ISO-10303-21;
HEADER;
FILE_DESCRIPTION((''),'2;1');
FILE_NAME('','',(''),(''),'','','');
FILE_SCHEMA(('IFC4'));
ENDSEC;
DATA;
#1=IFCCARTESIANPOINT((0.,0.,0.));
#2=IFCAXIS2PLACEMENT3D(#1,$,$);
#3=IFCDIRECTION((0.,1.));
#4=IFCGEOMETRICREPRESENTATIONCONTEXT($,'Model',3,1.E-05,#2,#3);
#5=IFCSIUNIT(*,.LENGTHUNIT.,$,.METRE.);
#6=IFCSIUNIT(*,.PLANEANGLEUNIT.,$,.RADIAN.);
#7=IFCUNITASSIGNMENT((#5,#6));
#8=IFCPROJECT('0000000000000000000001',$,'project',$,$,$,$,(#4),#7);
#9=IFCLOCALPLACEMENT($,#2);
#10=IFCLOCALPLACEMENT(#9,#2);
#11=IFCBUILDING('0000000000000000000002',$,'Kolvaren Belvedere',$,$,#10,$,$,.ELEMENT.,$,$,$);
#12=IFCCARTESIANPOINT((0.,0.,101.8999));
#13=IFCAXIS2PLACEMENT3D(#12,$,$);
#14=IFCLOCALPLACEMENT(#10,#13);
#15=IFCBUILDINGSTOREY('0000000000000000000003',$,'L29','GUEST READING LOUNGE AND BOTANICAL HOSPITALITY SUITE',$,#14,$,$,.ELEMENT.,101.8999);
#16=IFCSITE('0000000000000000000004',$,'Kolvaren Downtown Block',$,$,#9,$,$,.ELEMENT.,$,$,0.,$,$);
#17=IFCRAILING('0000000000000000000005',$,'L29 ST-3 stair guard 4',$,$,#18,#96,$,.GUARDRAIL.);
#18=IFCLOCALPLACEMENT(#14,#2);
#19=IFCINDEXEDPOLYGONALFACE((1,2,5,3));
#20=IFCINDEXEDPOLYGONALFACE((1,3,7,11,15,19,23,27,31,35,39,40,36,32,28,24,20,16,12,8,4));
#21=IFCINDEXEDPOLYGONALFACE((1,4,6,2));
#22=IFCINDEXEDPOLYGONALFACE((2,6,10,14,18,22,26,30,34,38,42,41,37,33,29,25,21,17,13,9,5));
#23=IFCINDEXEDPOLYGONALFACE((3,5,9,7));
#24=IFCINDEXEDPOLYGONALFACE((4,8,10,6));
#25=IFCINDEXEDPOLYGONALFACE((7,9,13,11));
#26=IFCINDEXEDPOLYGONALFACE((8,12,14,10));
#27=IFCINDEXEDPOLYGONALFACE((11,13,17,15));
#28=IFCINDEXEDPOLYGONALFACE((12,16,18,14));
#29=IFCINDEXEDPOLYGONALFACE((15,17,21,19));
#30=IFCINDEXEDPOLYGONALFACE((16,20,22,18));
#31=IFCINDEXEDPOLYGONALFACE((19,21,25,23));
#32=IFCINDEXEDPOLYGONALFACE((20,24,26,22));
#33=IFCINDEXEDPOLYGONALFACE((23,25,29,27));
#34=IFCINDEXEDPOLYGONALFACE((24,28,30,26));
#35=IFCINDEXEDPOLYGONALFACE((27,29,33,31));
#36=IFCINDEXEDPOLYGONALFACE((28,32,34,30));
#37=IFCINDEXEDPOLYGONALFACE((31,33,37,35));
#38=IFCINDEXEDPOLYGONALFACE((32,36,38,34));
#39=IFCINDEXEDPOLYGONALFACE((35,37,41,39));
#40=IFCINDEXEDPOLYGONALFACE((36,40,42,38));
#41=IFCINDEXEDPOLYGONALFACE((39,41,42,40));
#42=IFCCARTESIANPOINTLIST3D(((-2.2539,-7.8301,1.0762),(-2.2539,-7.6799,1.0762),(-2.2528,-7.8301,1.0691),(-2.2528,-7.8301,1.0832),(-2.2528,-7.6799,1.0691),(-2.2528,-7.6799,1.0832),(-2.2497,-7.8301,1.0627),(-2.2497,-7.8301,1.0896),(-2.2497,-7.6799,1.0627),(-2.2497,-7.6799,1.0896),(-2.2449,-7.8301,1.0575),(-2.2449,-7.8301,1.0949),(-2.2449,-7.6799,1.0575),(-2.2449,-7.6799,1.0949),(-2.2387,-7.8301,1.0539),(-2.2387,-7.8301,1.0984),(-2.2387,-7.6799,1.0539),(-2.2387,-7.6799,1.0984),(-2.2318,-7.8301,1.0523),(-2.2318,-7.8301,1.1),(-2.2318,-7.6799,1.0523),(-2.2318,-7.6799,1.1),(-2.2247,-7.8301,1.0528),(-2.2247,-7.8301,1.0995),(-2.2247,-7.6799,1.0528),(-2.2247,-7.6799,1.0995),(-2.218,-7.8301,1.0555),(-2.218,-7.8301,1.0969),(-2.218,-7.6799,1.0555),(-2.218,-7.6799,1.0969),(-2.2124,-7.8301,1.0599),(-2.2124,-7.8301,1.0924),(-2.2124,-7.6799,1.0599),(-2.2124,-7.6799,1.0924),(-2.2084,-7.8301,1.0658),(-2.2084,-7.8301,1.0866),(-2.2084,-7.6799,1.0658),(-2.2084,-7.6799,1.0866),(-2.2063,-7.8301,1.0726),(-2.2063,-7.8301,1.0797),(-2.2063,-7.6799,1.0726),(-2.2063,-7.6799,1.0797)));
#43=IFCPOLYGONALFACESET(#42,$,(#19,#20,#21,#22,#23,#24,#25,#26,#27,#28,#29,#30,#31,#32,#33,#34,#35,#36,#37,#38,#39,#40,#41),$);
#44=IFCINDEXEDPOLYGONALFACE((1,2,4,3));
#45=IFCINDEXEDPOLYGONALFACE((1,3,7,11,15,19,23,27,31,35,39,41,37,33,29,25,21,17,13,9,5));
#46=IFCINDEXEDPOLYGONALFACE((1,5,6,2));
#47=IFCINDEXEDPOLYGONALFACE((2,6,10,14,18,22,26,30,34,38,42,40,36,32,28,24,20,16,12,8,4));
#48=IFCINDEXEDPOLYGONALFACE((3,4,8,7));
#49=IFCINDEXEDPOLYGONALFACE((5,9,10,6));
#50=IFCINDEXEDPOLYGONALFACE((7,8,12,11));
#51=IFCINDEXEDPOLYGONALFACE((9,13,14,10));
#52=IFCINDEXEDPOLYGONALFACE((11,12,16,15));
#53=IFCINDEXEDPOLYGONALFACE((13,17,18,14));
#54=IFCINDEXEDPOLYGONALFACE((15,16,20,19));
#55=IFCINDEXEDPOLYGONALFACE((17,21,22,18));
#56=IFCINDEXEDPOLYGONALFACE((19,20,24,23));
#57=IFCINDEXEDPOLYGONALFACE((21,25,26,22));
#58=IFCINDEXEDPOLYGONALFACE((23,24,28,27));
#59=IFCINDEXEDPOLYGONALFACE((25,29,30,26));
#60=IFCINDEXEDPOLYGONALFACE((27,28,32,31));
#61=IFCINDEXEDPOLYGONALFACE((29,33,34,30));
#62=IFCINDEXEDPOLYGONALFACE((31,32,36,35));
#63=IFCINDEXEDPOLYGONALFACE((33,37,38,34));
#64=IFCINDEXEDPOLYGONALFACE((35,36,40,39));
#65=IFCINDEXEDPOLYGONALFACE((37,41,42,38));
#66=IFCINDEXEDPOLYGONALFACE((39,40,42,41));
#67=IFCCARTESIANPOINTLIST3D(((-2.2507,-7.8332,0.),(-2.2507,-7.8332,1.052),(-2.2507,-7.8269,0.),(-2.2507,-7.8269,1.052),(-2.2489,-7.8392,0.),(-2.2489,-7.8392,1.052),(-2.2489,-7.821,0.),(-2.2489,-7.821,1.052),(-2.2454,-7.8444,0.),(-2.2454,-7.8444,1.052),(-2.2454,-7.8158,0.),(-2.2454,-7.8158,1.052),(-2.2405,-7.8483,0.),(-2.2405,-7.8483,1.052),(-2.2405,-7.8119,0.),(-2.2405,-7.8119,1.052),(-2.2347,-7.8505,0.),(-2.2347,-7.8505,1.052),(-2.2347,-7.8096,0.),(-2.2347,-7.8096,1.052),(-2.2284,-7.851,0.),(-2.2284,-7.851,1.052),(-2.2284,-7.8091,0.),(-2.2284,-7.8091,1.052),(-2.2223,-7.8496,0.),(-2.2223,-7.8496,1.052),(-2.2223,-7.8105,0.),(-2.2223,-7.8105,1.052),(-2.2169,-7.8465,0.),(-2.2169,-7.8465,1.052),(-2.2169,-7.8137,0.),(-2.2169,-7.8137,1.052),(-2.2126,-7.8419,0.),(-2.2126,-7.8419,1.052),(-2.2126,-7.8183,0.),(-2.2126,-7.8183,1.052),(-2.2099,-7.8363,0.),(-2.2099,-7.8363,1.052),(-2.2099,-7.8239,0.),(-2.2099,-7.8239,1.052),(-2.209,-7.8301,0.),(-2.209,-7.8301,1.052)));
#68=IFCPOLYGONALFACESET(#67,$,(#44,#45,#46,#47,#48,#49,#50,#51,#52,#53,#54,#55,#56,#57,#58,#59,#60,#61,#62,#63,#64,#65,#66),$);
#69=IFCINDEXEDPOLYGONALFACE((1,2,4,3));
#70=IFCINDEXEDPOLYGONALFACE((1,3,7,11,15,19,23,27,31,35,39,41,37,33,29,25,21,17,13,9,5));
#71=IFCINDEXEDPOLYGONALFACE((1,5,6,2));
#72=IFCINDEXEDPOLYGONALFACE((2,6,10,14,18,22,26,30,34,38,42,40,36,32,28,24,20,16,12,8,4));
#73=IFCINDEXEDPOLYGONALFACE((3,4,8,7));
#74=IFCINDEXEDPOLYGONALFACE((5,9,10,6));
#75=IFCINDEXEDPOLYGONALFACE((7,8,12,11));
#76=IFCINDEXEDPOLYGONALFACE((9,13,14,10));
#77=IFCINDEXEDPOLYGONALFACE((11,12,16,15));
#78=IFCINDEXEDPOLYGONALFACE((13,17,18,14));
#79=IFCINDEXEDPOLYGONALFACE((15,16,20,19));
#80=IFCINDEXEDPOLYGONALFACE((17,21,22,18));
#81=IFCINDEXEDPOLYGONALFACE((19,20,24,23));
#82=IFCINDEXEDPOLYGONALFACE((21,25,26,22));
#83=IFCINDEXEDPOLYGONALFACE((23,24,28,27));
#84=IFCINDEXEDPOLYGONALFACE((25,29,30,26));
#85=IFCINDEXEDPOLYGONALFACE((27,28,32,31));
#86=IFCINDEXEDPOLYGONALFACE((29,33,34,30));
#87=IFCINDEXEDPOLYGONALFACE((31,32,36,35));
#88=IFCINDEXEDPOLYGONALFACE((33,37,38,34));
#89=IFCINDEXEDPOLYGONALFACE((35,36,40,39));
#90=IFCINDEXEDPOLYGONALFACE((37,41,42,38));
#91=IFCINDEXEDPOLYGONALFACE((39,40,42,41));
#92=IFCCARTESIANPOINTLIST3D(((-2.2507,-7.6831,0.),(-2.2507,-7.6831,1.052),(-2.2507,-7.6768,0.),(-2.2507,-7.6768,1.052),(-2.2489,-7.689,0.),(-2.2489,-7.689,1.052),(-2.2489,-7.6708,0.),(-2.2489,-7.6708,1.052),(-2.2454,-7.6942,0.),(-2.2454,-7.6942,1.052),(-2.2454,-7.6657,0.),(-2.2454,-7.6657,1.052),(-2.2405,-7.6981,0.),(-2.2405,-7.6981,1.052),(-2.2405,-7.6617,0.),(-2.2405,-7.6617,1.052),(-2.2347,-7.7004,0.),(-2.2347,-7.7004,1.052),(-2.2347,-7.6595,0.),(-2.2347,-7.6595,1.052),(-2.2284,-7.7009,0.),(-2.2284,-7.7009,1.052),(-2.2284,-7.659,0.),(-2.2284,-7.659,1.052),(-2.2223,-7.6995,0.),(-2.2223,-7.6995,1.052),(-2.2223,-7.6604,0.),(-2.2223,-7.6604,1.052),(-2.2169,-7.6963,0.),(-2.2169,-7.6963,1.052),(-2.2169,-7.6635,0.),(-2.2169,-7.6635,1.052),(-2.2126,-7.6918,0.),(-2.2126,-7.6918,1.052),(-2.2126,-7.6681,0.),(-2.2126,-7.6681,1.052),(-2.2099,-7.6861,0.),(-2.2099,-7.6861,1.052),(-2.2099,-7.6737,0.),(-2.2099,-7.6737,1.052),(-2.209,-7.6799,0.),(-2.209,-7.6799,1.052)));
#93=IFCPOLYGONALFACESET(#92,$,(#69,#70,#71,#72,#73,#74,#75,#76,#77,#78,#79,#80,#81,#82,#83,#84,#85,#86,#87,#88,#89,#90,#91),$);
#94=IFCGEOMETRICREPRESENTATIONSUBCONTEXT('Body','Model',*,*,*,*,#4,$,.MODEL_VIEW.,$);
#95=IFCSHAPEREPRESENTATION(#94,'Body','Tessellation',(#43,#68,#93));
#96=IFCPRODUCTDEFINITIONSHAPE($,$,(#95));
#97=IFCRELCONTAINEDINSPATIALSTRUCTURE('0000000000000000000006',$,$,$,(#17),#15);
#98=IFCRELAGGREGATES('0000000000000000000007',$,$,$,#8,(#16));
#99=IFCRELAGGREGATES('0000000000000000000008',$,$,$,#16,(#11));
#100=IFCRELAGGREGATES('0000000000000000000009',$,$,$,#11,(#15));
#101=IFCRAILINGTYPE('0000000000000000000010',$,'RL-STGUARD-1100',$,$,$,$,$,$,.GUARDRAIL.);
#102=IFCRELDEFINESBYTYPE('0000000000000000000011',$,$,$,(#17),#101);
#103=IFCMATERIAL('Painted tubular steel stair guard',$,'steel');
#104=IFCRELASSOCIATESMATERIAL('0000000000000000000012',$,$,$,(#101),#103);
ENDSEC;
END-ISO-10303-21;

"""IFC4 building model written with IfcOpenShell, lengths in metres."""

from ifc_helpers import new_model, si_unit, direction, frame, origin, origin_2d, place, context, subcontext, project, spatial, circle, extrude, material, type_object, element, save


model = new_model("IFC4")

# Units and contexts
model_context = context("Model", 3, precision=1e-05, world=origin(), true_north=direction((0.0, 1.0)))
body_context = subcontext(model_context, "Body", "Model", "MODEL_VIEW")
ifc_project = project(units=[si_unit("LENGTHUNIT", "METRE"), si_unit("PLANEANGLEUNIT", "RADIAN")], contexts=[model_context])

# Site, building, storey
site_placement = place(None, origin())
site = spatial("IfcSite", under=ifc_project, at=site_placement, Name="Kolvaren Downtown Block", CompositionType="ELEMENT", RefElevation=0.0)
building_placement = place(site_placement, origin())
building = spatial("IfcBuilding", under=site, at=building_placement, Name="Kolvaren Belvedere", CompositionType="ELEMENT")
storey_placement = place(building_placement, frame((0.0, 0.0, 101.8999)))
storey = spatial("IfcBuildingStorey", under=building, at=storey_placement, Name="L29", Description="GUEST READING LOUNGE AND BOTANICAL HOSPITALITY SUITE", CompositionType="ELEMENT", Elevation=101.8999)

# Railing
ifc_material_1 = material(Name="Painted tubular steel stair guard", Category="steel")
railing_type_1 = type_object("IfcRailingType", Name="RL-STGUARD-1100", PredefinedType="GUARDRAIL", material=ifc_material_1)
railing_1_placement = place(storey_placement, frame((-2.23, -7.8301, 0.0)))
element("IfcRailing", 1, at=railing_1_placement, inside=storey, type_object=railing_type_1, Name="L29 ST-3 stair guard 4", PredefinedType="GUARDRAIL", context=body_context, shape_type="SweptSolid", body=[
    extrude(circle(Radius=0.0239, at=origin_2d()), frame((0.0, 0.0, 1.0762), z_axis=(0.0, 1.0, 0.0), x_axis=(-1.0, 0.0, 0.0)), (0.0, 0.0, 1.0), 0.1501),
    extrude(circle(Radius=0.021, at=origin_2d()), origin(), (0.0, 0.0, 1.0), 1.052),
    extrude(circle(Radius=0.021, at=origin_2d()), frame((0.0, 0.1501, 0.0)), (0.0, 0.0, 1.0), 1.052),
])

save(model, "model.ifc")
